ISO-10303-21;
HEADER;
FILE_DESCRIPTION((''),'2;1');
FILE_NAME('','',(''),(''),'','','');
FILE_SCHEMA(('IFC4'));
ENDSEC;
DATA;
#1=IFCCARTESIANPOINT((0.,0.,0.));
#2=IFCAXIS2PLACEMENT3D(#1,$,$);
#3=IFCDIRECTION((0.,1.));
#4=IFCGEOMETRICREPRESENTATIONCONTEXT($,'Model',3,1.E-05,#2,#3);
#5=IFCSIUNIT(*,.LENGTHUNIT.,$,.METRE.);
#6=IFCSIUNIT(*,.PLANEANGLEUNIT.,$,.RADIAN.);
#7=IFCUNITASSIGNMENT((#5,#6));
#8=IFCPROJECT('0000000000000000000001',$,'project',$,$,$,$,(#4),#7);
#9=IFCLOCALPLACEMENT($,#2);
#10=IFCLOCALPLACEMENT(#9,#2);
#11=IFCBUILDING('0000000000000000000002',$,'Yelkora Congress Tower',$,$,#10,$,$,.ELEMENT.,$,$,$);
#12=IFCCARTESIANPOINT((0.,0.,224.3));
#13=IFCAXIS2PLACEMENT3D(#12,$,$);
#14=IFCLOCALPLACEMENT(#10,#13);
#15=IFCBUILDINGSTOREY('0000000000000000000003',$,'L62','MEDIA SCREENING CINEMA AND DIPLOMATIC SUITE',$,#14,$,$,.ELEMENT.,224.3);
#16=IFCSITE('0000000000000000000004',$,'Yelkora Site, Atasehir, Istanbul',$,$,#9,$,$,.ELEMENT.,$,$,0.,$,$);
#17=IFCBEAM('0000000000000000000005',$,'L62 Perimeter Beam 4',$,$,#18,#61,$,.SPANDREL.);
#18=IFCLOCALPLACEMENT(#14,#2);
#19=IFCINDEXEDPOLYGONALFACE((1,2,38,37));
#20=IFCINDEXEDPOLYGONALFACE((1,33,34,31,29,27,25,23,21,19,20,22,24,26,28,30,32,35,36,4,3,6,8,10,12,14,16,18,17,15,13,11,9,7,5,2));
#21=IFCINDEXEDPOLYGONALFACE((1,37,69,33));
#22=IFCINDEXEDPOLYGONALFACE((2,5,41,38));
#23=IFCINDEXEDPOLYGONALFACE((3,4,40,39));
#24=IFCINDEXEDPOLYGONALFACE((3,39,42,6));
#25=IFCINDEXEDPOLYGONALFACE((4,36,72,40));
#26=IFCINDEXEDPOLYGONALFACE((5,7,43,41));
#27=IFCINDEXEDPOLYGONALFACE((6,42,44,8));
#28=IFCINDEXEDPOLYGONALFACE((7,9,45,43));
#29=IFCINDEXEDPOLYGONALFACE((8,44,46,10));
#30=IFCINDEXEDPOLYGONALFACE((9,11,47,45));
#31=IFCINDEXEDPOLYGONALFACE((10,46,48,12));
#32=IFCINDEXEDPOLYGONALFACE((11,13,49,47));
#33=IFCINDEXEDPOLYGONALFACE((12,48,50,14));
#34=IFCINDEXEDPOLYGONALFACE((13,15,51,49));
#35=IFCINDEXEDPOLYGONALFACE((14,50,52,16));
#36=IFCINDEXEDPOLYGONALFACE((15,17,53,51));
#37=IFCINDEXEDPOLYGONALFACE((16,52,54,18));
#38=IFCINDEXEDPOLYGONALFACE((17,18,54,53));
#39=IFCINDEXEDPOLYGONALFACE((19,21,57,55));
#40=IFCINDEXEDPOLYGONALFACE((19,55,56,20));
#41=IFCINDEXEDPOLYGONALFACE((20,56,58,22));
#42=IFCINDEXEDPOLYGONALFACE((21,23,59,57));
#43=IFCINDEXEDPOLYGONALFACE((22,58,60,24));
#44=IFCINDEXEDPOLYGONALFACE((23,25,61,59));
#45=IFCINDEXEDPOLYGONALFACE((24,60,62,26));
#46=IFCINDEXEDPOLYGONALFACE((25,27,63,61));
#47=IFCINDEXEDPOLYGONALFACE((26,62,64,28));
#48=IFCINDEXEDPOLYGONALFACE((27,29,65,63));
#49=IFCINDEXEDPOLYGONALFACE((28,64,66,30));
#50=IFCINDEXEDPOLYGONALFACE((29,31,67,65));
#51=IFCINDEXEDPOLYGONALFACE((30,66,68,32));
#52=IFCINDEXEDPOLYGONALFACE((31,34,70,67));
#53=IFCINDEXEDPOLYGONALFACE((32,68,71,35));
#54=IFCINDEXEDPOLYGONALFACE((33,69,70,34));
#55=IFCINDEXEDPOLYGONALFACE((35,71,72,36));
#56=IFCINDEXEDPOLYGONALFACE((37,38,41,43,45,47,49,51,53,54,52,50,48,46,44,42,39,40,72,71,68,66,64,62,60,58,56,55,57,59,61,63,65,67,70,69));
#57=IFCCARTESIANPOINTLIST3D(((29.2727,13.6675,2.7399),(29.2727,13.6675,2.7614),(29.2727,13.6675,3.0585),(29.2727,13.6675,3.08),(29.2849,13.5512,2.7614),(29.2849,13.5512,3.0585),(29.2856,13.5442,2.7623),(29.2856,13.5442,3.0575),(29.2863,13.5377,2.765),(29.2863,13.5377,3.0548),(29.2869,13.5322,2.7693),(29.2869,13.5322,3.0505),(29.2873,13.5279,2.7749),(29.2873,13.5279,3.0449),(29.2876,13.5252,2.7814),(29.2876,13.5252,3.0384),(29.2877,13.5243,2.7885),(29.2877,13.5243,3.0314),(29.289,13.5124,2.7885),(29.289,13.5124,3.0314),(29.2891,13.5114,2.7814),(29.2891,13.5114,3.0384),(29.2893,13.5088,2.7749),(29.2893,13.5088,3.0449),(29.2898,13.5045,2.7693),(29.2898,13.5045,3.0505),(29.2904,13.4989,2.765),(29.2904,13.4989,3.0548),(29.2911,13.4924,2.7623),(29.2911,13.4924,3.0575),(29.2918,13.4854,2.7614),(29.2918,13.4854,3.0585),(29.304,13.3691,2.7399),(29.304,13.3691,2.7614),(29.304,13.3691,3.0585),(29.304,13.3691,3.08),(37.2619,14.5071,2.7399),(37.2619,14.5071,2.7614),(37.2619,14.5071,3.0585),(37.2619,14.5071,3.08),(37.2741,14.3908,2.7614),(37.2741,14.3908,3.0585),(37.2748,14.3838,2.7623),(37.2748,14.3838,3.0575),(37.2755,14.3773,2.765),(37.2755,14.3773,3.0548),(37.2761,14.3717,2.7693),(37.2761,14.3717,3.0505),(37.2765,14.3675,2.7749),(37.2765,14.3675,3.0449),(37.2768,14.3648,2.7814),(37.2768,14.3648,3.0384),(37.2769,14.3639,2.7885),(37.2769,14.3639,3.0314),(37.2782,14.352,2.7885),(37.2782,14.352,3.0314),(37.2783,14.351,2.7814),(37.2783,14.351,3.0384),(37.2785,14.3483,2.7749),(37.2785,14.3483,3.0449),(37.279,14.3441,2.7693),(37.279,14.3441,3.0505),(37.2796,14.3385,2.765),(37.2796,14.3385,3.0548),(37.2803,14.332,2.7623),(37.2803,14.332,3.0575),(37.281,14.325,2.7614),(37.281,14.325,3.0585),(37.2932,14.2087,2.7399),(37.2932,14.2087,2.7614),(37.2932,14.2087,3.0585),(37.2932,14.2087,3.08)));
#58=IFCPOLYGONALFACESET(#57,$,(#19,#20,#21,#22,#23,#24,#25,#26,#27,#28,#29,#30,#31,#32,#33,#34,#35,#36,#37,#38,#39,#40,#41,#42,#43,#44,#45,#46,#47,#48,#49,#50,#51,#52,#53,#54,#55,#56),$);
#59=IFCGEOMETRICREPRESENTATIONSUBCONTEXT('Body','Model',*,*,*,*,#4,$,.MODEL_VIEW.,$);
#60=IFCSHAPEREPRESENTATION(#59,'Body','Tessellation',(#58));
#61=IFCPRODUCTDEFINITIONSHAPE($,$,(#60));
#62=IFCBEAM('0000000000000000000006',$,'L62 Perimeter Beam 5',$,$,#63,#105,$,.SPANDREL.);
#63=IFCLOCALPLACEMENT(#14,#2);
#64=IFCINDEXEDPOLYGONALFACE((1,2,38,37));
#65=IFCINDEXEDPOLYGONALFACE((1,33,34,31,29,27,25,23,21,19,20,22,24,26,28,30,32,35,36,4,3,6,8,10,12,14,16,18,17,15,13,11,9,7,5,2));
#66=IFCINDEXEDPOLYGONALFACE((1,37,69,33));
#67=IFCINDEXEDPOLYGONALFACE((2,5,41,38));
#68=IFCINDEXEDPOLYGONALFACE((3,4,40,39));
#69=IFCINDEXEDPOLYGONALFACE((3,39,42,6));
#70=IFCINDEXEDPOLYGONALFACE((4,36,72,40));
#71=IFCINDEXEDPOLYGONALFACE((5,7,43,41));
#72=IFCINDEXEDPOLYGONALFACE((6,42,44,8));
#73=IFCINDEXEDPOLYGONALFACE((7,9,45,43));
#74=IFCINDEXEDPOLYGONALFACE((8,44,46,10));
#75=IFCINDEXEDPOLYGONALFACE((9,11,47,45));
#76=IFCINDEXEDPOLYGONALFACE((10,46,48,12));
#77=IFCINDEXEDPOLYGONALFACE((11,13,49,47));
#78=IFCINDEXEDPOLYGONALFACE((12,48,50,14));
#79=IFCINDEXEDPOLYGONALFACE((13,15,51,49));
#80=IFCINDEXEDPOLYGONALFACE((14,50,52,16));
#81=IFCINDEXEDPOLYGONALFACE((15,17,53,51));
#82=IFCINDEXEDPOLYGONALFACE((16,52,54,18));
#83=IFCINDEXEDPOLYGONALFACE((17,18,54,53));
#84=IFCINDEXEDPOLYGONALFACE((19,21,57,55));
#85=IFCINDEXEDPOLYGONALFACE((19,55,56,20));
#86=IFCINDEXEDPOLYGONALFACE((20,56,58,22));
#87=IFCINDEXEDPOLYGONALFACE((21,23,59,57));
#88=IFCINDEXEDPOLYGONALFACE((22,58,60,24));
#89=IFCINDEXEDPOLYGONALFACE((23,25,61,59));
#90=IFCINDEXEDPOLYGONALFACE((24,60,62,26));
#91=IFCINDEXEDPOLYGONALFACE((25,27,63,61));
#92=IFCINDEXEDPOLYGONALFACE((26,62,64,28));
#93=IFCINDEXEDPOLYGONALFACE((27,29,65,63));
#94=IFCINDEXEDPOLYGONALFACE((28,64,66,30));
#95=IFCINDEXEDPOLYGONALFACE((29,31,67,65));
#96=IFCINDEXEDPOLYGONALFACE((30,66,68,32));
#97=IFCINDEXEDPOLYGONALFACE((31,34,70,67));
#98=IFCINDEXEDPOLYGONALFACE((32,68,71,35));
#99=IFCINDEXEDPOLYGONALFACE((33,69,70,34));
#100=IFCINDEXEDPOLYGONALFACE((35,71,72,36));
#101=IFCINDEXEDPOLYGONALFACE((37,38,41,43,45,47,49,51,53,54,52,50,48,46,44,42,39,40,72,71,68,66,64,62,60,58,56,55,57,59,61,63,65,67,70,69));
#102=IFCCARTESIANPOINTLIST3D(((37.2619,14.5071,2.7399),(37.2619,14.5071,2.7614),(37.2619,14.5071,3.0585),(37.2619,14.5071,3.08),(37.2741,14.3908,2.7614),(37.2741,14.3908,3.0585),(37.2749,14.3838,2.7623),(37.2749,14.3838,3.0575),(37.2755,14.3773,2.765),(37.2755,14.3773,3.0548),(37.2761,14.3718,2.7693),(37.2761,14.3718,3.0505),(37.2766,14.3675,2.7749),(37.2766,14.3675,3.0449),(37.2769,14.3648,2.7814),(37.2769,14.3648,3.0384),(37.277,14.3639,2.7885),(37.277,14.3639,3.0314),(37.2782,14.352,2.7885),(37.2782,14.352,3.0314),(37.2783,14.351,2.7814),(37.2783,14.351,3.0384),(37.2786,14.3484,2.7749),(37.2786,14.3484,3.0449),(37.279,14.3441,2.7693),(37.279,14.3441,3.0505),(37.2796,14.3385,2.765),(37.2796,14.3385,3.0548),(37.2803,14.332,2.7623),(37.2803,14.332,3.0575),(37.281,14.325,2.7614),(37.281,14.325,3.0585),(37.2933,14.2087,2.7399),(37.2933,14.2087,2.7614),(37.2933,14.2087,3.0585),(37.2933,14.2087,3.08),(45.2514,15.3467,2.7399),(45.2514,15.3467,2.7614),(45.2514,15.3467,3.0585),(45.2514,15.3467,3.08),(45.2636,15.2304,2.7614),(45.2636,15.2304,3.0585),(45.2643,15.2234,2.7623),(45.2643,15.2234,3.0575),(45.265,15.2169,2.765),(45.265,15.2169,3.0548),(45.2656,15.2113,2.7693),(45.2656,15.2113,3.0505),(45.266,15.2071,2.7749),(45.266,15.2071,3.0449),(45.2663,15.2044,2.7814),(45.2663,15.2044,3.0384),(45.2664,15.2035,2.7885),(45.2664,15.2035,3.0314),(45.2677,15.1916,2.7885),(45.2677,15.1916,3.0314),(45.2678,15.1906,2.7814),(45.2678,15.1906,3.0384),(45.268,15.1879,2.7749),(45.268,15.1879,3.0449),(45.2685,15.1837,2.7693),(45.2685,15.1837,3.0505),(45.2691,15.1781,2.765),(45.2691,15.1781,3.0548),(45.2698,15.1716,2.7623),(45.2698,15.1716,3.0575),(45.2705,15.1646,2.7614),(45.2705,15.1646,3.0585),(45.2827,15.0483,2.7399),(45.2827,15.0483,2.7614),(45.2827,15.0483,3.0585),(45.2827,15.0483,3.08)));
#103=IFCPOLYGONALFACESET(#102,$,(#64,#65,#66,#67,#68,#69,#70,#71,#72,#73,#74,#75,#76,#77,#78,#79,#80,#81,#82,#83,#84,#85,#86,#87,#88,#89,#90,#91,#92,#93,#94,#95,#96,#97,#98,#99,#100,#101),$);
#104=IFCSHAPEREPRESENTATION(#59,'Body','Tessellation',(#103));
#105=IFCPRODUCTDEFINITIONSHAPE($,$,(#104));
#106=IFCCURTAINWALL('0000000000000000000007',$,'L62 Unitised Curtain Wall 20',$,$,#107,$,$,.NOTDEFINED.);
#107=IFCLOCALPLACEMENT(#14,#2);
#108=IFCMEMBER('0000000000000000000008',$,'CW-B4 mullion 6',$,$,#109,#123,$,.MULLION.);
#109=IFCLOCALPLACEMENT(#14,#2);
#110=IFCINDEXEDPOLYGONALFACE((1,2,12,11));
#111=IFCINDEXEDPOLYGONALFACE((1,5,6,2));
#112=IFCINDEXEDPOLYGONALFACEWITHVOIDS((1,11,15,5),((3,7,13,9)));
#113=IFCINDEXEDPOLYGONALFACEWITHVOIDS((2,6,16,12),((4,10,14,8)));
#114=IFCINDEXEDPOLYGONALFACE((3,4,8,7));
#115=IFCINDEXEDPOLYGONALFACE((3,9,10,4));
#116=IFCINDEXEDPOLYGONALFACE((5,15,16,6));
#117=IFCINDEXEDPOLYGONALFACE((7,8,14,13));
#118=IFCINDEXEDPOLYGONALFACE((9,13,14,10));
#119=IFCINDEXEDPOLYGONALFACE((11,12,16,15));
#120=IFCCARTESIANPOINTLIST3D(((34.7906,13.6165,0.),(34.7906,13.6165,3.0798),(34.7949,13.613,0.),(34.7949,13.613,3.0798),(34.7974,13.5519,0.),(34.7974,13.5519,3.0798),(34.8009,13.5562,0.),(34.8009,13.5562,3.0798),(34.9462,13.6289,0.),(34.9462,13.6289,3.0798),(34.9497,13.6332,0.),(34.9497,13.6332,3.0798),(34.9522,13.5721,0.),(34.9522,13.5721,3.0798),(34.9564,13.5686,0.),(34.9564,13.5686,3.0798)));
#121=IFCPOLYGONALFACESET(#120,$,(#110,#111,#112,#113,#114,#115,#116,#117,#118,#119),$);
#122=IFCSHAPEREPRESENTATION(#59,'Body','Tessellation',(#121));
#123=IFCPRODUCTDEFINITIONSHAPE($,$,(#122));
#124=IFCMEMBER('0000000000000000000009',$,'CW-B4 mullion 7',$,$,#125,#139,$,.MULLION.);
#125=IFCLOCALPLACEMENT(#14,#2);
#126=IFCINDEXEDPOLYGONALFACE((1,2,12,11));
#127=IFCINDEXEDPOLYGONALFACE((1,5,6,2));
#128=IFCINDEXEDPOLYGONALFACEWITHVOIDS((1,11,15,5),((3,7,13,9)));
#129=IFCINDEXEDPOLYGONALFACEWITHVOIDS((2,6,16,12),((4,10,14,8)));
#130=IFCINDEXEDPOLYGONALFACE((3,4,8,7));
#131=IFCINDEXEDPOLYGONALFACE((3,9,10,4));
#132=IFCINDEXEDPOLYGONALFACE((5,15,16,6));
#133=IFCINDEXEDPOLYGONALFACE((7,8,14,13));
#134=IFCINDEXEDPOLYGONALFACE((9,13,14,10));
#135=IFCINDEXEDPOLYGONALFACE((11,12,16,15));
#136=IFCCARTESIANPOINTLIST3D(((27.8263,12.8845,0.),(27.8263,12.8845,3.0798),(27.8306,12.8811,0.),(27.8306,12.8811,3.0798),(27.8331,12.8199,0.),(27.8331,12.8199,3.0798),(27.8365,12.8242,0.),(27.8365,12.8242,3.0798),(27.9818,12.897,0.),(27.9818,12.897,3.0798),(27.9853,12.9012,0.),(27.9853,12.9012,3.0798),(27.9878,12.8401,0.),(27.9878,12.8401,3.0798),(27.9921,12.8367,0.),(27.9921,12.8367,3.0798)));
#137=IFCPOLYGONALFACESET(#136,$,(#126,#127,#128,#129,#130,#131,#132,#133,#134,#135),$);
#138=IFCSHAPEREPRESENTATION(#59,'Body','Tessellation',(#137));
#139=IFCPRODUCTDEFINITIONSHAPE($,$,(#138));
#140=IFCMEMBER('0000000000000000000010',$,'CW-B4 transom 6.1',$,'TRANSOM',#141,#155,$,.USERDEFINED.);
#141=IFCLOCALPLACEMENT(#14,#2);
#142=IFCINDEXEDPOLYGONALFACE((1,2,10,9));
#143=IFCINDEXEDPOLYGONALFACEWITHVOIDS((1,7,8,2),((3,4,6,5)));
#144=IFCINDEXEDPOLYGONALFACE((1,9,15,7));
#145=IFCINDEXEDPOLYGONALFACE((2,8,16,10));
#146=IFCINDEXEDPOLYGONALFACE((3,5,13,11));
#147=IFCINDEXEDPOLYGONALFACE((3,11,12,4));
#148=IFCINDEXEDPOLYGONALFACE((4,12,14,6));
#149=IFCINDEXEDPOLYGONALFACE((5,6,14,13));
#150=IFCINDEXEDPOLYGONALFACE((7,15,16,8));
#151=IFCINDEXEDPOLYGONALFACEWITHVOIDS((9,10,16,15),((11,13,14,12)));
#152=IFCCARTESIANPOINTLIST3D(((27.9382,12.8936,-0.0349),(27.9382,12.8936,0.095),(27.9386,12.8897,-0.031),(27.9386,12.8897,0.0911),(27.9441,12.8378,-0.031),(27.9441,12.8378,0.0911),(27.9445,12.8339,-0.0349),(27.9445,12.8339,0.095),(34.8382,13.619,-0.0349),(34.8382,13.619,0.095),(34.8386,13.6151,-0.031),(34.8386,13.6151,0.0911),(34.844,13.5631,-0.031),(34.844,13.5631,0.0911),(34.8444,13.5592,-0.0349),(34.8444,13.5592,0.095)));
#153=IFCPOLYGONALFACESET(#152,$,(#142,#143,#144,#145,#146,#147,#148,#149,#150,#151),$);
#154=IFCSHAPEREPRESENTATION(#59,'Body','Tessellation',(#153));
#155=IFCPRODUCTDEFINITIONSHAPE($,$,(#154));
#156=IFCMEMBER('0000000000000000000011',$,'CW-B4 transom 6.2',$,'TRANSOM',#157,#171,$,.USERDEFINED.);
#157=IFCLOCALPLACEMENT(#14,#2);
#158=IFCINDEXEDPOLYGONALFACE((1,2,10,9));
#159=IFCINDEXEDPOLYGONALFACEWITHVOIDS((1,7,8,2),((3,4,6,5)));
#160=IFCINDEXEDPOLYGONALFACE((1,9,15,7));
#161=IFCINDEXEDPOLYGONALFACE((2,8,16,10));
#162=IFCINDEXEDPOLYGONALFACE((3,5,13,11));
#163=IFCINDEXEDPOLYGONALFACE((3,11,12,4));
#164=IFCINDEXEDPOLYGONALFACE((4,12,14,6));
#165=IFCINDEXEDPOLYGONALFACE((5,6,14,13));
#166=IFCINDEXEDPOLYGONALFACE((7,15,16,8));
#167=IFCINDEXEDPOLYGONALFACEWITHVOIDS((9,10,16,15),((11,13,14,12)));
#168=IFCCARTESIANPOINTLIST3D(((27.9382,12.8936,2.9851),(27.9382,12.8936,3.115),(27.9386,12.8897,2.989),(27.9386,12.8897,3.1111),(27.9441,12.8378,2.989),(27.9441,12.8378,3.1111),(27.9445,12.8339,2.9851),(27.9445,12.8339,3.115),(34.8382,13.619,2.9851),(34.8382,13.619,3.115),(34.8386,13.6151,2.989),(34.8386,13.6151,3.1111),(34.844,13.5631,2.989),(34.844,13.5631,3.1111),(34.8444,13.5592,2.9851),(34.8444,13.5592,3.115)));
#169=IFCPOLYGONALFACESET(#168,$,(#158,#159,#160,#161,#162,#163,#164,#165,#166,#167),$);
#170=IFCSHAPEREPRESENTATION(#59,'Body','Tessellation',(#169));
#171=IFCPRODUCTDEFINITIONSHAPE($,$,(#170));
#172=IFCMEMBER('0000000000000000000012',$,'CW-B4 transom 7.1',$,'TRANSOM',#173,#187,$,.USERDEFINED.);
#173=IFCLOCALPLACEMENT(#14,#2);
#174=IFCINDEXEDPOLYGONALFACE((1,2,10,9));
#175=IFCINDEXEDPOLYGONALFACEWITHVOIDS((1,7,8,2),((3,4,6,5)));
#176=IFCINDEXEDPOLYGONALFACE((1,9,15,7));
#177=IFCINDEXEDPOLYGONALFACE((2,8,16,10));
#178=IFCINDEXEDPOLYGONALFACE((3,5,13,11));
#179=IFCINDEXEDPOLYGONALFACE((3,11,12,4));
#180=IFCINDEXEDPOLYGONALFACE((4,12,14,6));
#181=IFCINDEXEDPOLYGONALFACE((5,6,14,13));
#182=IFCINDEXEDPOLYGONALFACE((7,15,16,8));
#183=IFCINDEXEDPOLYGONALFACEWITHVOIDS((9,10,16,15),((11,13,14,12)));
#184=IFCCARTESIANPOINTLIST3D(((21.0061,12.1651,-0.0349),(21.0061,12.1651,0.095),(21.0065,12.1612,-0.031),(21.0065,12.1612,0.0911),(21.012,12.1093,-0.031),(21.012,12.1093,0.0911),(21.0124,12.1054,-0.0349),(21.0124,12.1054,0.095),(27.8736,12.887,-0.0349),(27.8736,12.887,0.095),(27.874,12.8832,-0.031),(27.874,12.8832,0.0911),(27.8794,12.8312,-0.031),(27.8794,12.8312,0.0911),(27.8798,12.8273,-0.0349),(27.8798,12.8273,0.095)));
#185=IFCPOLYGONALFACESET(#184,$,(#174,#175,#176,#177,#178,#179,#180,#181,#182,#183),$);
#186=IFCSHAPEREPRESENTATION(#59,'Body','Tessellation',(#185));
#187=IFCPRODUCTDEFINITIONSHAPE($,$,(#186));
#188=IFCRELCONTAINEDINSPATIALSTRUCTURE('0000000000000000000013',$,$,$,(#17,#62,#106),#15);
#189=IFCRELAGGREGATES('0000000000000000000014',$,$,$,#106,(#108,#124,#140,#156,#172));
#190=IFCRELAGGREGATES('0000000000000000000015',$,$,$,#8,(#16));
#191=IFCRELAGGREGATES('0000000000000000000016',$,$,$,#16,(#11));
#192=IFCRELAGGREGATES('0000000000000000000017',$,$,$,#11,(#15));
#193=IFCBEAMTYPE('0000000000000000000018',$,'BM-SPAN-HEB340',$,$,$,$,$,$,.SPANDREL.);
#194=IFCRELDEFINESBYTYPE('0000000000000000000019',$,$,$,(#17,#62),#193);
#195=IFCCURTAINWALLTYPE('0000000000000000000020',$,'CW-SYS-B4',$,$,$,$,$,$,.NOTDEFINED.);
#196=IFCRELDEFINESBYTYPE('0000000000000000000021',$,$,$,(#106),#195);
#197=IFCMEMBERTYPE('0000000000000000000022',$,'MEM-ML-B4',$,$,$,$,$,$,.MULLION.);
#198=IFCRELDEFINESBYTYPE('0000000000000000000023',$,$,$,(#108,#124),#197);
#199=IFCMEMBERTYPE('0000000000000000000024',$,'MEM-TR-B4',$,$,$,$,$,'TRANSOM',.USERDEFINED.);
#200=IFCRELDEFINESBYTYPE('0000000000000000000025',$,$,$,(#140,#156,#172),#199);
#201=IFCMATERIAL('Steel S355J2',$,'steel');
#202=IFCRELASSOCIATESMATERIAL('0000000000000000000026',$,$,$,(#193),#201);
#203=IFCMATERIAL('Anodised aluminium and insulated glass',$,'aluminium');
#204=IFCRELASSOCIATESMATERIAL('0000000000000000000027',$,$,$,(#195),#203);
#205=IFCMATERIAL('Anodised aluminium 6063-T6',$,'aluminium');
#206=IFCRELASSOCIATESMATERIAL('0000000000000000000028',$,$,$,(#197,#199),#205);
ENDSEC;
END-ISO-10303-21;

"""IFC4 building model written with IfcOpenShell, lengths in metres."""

from ifc_helpers import new_model, si_unit, direction, frame, origin, origin_2d, place, context, subcontext, project, spatial, hollow_rectangle, i_section, extrude, material, material_profile, profile_set, type_object, element, aggregate, save


model = new_model("IFC4")

# Units and contexts
model_context = context("Model", 3, precision=1e-05, world=origin(), true_north=direction((0.0, 1.0)))
body_context = subcontext(model_context, "Body", "Model", "MODEL_VIEW")
ifc_project = project(units=[si_unit("LENGTHUNIT", "METRE"), si_unit("PLANEANGLEUNIT", "RADIAN")], contexts=[model_context])

# Site, building, storey
site_placement = place(None, origin())
site = spatial("IfcSite", under=ifc_project, at=site_placement, Name="Yelkora Site, Atasehir, Istanbul", CompositionType="ELEMENT", RefElevation=0.0)
building_placement = place(site_placement, origin())
building = spatial("IfcBuilding", under=site, at=building_placement, Name="Yelkora Congress Tower", CompositionType="ELEMENT")
storey_placement = place(building_placement, frame((0.0, 0.0, 224.3)))
storey = spatial("IfcBuildingStorey", under=building, at=storey_placement, Name="L62", Description="MEDIA SCREENING CINEMA AND DIPLOMATIC SUITE", CompositionType="ELEMENT", Elevation=224.3)

# Shared definitions
ifc_material_1 = material(Name="Steel S355J2", Category="steel")

# Beams
ifc_material_profile_1 = material_profile(ifc_material_1, i_section(OverallWidth=0.3, OverallDepth=0.3401, WebThickness=0.012, FlangeThickness=0.0215, FilletRadius=0.0271, at=origin_2d()), Name="HEB 340")
ifc_profile_set_1 = profile_set([ifc_material_profile_1], Name="Steel S355J2")
beam_type_1 = type_object("IfcBeamType", Name="BM-SPAN-HEB340", PredefinedType="SPANDREL", material=ifc_profile_set_1)
beam_1_placement = place(storey_placement, frame((29.2883, 13.5183, 2.9099), z_axis=(0.994523, 0.104516, 0.0), x_axis=(-0.104516, 0.994523, 0.0)))
element("IfcBeam", 1, at=beam_1_placement, inside=storey, type_object=beam_type_1, Name="L62 Perimeter Beam 4", PredefinedType="SPANDREL", context=body_context, shape_type="SweptSolid", body=[
    extrude(i_section(OverallWidth=0.3, OverallDepth=0.3401, WebThickness=0.012, FlangeThickness=0.0215, FilletRadius=0.0271, at=origin_2d()), origin(), (0.0, 0.0, 1.0), 8.0332),
])
beam_2_placement = place(storey_placement, frame((37.2776, 14.3579, 2.9099), z_axis=(0.994524, 0.104512, 0.0), x_axis=(-0.104512, 0.994524, 0.0)))
element("IfcBeam", 2, at=beam_2_placement, inside=storey, type_object=beam_type_1, Name="L62 Perimeter Beam 5", PredefinedType="SPANDREL", context=body_context, shape_type="SweptSolid", body=[
    extrude(i_section(OverallWidth=0.3, OverallDepth=0.3401, WebThickness=0.012, FlangeThickness=0.0215, FilletRadius=0.0271, at=origin_2d()), origin(), (0.0, 0.0, 1.0), 8.0334),
])

# Curtain wall, members
ifc_material_2 = material(Name="Anodised aluminium and insulated glass", Category="aluminium")
curtain_wall_type = type_object("IfcCurtainWallType", Name="CW-SYS-B4", PredefinedType="NOTDEFINED", material=ifc_material_2)
curtain_wall_placement = place(storey_placement, origin())
curtain_wall = element("IfcCurtainWall", 3, at=curtain_wall_placement, inside=storey, type_object=curtain_wall_type, Name="L62 Unitised Curtain Wall 20", PredefinedType="NOTDEFINED")
ifc_material_3 = material(Name="Anodised aluminium 6063-T6", Category="aluminium")
ifc_material_profile_2 = material_profile(ifc_material_3, hollow_rectangle(XDim=0.0649, YDim=0.1599, WallThickness=0.0039, at=origin_2d()), Name="ALU 65x160x4")
ifc_profile_set_2 = profile_set([ifc_material_profile_2], Name="Anodised aluminium 6063-T6")
member_type_1 = type_object("IfcMemberType", Name="MEM-ML-B4", PredefinedType="MULLION", material=ifc_profile_set_2)
member_1_placement = place(storey_placement, frame((34.8735, 13.5925, 0.0), z_axis=(0.0, 0.0, 1.0), x_axis=(0.104527, -0.994522, 0.0)))
member_1 = element("IfcMember", 4, at=member_1_placement, type_object=member_type_1, Name="CW-B4 mullion 6", PredefinedType="MULLION", context=body_context, shape_type="SweptSolid", body=[
    extrude(hollow_rectangle(XDim=0.0649, YDim=0.1599, WallThickness=0.0039, at=origin_2d()), origin(), (0.0, 0.0, 1.0), 3.0798),
])
member_2_placement = place(storey_placement, frame((27.9092, 12.8606, 0.0), z_axis=(0.0, 0.0, 1.0), x_axis=(0.104527, -0.994522, 0.0)))
member_2 = element("IfcMember", 5, at=member_2_placement, type_object=member_type_1, Name="CW-B4 mullion 7", PredefinedType="MULLION", context=body_context, shape_type="SweptSolid", body=[
    extrude(hollow_rectangle(XDim=0.0649, YDim=0.1599, WallThickness=0.0039, at=origin_2d()), origin(), (0.0, 0.0, 1.0), 3.0798),
])
ifc_material_profile_3 = material_profile(ifc_material_3, hollow_rectangle(XDim=0.0601, YDim=0.1299, WallThickness=0.0039, at=origin_2d()), Name="ALU 60x130x4")
ifc_profile_set_3 = profile_set([ifc_material_profile_3], Name="Anodised aluminium 6063-T6")
member_type_2 = type_object("IfcMemberType", Name="MEM-TR-B4", ElementType="TRANSOM", PredefinedType="USERDEFINED", material=ifc_profile_set_3)
member_3_placement = place(storey_placement, frame((34.8413, 13.5891, 0.03), z_axis=(-0.99452, -0.104547, 0.0), x_axis=(0.104547, -0.99452, 0.0)))
member_3 = element("IfcMember", 6, at=member_3_placement, type_object=member_type_2, Name="CW-B4 transom 6.1", ObjectType="TRANSOM", PredefinedType="USERDEFINED", context=body_context, shape_type="SweptSolid", body=[
    extrude(hollow_rectangle(XDim=0.0601, YDim=0.1299, WallThickness=0.0039, at=origin_2d()), origin(), (0.0, 0.0, 1.0), 6.938),
])
member_4_placement = place(storey_placement, frame((34.8413, 13.5891, 3.05), z_axis=(-0.99452, -0.104547, 0.0), x_axis=(0.104547, -0.99452, 0.0)))
member_4 = element("IfcMember", 7, at=member_4_placement, type_object=member_type_2, Name="CW-B4 transom 6.2", ObjectType="TRANSOM", PredefinedType="USERDEFINED", context=body_context, shape_type="SweptSolid", body=[
    extrude(hollow_rectangle(XDim=0.0601, YDim=0.1299, WallThickness=0.0039, at=origin_2d()), origin(), (0.0, 0.0, 1.0), 6.938),
])
member_5_placement = place(storey_placement, frame((27.8767, 12.8572, 0.03), z_axis=(-0.99452, -0.104547, 0.0), x_axis=(0.104547, -0.99452, 0.0)))
member_5 = element("IfcMember", 8, at=member_5_placement, type_object=member_type_2, Name="CW-B4 transom 7.1", ObjectType="TRANSOM", PredefinedType="USERDEFINED", context=body_context, shape_type="SweptSolid", body=[
    extrude(hollow_rectangle(XDim=0.0601, YDim=0.1299, WallThickness=0.0039, at=origin_2d()), origin(), (0.0, 0.0, 1.0), 6.9053),
])
aggregate(curtain_wall, [member_1, member_2, member_3, member_4, member_5])

save(model, "model.ifc")
